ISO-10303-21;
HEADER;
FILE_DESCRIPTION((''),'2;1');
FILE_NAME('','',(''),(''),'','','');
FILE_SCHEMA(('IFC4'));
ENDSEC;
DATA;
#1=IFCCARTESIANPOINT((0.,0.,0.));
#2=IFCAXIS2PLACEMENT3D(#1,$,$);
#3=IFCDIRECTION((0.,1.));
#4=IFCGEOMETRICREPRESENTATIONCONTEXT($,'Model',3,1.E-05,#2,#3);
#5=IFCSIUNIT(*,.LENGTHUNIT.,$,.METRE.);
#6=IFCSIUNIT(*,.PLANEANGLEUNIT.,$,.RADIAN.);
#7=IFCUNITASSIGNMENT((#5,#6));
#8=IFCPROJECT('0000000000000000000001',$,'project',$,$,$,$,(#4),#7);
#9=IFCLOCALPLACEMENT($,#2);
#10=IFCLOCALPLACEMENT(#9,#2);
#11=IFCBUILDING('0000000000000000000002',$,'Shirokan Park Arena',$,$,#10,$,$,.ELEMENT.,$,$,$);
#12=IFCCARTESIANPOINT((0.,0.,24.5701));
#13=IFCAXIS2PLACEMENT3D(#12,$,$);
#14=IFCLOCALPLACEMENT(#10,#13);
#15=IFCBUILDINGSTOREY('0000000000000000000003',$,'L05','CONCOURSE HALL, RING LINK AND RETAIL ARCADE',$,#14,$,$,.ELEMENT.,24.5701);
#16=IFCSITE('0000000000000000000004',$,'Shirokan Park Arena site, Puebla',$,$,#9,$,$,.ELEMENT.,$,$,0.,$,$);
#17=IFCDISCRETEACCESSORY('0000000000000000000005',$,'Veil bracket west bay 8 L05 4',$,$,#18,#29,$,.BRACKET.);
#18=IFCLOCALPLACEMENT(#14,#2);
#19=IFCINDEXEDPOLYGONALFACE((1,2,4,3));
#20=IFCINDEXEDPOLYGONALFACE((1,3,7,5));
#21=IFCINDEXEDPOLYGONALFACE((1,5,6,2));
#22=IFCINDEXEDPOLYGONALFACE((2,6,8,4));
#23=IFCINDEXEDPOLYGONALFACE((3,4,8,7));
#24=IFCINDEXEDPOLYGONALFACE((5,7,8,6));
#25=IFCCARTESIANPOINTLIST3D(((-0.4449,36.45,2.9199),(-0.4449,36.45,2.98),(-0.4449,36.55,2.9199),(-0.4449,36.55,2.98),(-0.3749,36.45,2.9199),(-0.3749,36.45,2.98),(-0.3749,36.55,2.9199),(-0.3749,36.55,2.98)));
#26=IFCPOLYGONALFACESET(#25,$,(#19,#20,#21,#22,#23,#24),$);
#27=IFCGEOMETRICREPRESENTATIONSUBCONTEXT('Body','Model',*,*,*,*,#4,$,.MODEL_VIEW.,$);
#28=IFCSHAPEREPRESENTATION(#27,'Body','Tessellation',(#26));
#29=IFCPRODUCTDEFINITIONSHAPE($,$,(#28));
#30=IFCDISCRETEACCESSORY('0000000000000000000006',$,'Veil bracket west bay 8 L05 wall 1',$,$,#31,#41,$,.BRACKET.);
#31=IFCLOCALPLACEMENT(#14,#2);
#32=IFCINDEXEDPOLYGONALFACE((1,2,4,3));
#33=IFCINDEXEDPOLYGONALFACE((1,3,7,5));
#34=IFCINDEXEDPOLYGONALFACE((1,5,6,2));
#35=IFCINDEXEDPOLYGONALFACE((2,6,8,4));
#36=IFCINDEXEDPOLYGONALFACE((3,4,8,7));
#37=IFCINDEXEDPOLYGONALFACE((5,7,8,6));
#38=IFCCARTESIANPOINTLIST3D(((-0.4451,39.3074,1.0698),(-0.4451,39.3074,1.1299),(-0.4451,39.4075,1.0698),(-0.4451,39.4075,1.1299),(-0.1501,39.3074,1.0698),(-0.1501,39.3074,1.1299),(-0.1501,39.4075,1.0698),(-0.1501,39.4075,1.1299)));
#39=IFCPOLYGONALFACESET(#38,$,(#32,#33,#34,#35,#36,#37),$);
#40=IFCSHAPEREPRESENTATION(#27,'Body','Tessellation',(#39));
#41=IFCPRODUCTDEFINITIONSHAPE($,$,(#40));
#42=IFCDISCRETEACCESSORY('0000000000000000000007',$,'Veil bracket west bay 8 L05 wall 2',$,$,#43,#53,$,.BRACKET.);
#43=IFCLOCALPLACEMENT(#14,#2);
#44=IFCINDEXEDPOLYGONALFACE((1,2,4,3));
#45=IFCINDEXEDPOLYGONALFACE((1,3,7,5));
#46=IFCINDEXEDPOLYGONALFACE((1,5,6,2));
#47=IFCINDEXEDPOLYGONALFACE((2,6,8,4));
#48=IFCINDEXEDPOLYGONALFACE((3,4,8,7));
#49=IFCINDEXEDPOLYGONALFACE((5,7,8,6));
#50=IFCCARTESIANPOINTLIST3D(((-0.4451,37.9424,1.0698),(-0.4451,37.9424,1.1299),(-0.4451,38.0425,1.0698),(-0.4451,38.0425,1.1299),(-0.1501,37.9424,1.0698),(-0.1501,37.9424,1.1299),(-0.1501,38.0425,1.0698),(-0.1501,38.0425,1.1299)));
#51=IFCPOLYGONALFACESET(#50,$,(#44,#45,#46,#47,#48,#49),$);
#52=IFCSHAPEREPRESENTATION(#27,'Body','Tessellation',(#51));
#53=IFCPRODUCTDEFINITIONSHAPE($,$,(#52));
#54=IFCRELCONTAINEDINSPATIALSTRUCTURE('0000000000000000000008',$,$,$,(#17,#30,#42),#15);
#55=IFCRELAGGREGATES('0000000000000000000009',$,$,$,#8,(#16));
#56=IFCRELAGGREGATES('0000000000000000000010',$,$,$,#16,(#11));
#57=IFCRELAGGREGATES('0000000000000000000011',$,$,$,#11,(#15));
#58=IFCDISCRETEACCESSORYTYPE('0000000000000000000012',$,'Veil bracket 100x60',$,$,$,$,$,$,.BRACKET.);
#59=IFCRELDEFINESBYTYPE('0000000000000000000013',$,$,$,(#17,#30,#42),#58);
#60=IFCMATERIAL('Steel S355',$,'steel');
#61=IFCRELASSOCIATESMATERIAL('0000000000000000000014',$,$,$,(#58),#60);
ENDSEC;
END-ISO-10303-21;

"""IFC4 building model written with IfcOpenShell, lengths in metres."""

from ifc_helpers import new_model, si_unit, direction, frame, origin, origin_2d, place, context, subcontext, project, spatial, rectangle, extrude, material, type_object, element, save


model = new_model("IFC4")

# Units and contexts
model_context = context("Model", 3, precision=1e-05, world=origin(), true_north=direction((0.0, 1.0)))
body_context = subcontext(model_context, "Body", "Model", "MODEL_VIEW")
ifc_project = project(units=[si_unit("LENGTHUNIT", "METRE"), si_unit("PLANEANGLEUNIT", "RADIAN")], contexts=[model_context])

# Site, building, storey
site_placement = place(None, origin())
site = spatial("IfcSite", under=ifc_project, at=site_placement, Name="Shirokan Park Arena site, Puebla", CompositionType="ELEMENT", RefElevation=0.0)
building_placement = place(site_placement, origin())
building = spatial("IfcBuilding", under=site, at=building_placement, Name="Shirokan Park Arena", CompositionType="ELEMENT")
storey_placement = place(building_placement, frame((0.0, 0.0, 24.5701)))
storey = spatial("IfcBuildingStorey", under=building, at=storey_placement, Name="L05", Description="CONCOURSE HALL, RING LINK AND RETAIL ARCADE", CompositionType="ELEMENT", Elevation=24.5701)

# Shared definitions
ifc_material_1 = material(Name="Steel S355", Category="steel")

# Discrete accessories
discrete_accessory_type = type_object("IfcDiscreteAccessoryType", Name="Veil bracket 100x60", PredefinedType="BRACKET", material=ifc_material_1)
discrete_accessory_1_placement = place(storey_placement, frame((-0.4099, 36.5, 2.9199), z_axis=(0.0, 0.0, 1.0), x_axis=(0.0, -1.0, 0.0)))
element("IfcDiscreteAccessory", 1, at=discrete_accessory_1_placement, inside=storey, type_object=discrete_accessory_type, Name="Veil bracket west bay 8 L05 4", PredefinedType="BRACKET", context=body_context, shape_type="SweptSolid", body=[
    extrude(rectangle(XDim=0.1001, YDim=0.0701, at=origin_2d()), origin(), (0.0, 0.0, 1.0), 0.0601),
])
for number, where, z_axis, x_axis, name in (
    (2, (-0.2976, 39.3574, 1.0698), (0.0, 0.0, 1.0), (0.0, -1.0, 0.0), "Veil bracket west bay 8 L05 wall 1"),
    (3, (-0.2976, 37.9924, 1.0698), (0.0, 0.0, 1.0), (0.0, -1.0, 0.0), "Veil bracket west bay 8 L05 wall 2"),
):
    element("IfcDiscreteAccessory", number, at=place(storey_placement, frame(where, z_axis=z_axis, x_axis=x_axis)), inside=storey, type_object=discrete_accessory_type, Name=name, PredefinedType="BRACKET", context=body_context, shape_type="SweptSolid", body=[
        extrude(rectangle(XDim=0.1001, YDim=0.2949, at=origin_2d()), origin(), (0.0, 0.0, 1.0), 0.0601),
    ])

save(model, "model.ifc")
